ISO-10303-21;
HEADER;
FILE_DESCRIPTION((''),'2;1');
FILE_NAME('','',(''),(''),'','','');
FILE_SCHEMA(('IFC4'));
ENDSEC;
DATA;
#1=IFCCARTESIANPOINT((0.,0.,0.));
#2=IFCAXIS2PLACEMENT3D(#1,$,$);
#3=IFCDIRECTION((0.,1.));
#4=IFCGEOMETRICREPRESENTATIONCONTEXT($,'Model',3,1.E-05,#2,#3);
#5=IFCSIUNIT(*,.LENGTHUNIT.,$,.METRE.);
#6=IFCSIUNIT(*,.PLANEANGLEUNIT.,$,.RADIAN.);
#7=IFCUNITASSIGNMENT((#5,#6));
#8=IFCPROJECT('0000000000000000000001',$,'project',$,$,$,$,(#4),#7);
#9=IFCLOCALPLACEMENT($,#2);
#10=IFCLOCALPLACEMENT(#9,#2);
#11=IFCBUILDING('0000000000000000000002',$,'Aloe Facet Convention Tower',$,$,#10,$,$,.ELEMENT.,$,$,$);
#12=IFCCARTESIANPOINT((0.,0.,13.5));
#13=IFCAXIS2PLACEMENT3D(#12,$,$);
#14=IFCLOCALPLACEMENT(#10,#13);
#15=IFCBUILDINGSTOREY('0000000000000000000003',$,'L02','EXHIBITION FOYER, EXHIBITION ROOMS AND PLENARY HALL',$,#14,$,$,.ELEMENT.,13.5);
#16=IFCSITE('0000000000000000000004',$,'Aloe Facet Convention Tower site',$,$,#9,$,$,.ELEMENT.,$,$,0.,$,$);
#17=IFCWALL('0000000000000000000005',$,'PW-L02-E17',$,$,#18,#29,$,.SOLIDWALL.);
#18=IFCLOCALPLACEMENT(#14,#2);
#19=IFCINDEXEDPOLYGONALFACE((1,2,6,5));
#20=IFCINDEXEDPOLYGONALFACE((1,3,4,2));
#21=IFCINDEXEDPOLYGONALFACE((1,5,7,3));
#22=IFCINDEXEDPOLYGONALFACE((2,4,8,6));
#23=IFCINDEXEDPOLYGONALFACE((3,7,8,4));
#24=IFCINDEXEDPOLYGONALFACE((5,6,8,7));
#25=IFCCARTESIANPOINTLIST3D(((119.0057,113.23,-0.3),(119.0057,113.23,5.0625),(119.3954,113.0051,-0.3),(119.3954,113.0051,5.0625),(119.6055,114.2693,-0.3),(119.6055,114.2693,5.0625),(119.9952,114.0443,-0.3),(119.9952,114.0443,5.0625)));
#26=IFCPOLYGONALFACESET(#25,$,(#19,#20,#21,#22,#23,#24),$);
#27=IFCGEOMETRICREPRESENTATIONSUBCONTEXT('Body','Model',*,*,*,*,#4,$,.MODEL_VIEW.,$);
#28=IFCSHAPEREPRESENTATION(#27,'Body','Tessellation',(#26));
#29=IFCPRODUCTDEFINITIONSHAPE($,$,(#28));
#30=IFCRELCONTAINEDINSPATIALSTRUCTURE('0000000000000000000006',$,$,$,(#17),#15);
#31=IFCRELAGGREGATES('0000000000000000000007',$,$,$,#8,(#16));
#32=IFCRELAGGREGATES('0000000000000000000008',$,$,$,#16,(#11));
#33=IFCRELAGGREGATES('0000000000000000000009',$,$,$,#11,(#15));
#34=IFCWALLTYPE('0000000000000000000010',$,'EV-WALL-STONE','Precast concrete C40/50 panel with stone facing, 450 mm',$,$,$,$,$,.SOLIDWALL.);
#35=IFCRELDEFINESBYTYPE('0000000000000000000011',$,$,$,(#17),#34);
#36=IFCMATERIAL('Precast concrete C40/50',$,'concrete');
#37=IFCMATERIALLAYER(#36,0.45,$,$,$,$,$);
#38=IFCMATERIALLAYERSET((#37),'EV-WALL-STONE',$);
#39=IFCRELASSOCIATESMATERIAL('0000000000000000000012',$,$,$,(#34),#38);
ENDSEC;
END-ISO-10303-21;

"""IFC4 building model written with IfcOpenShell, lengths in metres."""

from ifc_helpers import new_model, si_unit, direction, frame, frame_2d, origin, place, context, subcontext, project, spatial, rectangle, extrude, material, layer, layer_set, type_object, element, save


model = new_model("IFC4")

# Units and contexts
model_context = context("Model", 3, precision=1e-05, world=origin(), true_north=direction((0.0, 1.0)))
body_context = subcontext(model_context, "Body", "Model", "MODEL_VIEW")
ifc_project = project(units=[si_unit("LENGTHUNIT", "METRE"), si_unit("PLANEANGLEUNIT", "RADIAN")], contexts=[model_context])

# Site, building, storey
site_placement = place(None, origin())
site = spatial("IfcSite", under=ifc_project, at=site_placement, Name="Aloe Facet Convention Tower site", CompositionType="ELEMENT", RefElevation=0.0)
building_placement = place(site_placement, origin())
building = spatial("IfcBuilding", under=site, at=building_placement, Name="Aloe Facet Convention Tower", CompositionType="ELEMENT")
storey_placement = place(building_placement, frame((0.0, 0.0, 13.5)))
storey = spatial("IfcBuildingStorey", under=building, at=storey_placement, Name="L02", Description="EXHIBITION FOYER, EXHIBITION ROOMS AND PLENARY HALL", CompositionType="ELEMENT", Elevation=13.5)

# Shared definitions
ifc_material_1 = material(Name="Precast concrete C40/50", Category="concrete")
ifc_layer_1 = layer(ifc_material_1, 0.45)
ifc_layer_set_1 = layer_set([ifc_layer_1], Name="EV-WALL-STONE")
wall_type = type_object("IfcWallType", Name="EV-WALL-STONE", Description="Precast concrete C40/50 panel with stone facing, 450 mm", PredefinedType="SOLIDWALL", material=ifc_layer_set_1)

# Wall
wall_1_placement = place(storey_placement, frame((119.2004, 113.1174, -0.3), z_axis=(0.0, 0.0, 1.0), x_axis=(0.499881, 0.866094, 0.0)))
element("IfcWall", 1, at=wall_1_placement, inside=storey, type_object=wall_type, Name="PW-L02-E17", PredefinedType="SOLIDWALL", context=body_context, shape_type="SweptSolid", body=[
    extrude(rectangle(XDim=1.2, YDim=0.45, at=frame_2d((0.6001, 0.0))), origin(), (0.0, 0.0, 1.0), 5.3625),
])

save(model, "model.ifc")
